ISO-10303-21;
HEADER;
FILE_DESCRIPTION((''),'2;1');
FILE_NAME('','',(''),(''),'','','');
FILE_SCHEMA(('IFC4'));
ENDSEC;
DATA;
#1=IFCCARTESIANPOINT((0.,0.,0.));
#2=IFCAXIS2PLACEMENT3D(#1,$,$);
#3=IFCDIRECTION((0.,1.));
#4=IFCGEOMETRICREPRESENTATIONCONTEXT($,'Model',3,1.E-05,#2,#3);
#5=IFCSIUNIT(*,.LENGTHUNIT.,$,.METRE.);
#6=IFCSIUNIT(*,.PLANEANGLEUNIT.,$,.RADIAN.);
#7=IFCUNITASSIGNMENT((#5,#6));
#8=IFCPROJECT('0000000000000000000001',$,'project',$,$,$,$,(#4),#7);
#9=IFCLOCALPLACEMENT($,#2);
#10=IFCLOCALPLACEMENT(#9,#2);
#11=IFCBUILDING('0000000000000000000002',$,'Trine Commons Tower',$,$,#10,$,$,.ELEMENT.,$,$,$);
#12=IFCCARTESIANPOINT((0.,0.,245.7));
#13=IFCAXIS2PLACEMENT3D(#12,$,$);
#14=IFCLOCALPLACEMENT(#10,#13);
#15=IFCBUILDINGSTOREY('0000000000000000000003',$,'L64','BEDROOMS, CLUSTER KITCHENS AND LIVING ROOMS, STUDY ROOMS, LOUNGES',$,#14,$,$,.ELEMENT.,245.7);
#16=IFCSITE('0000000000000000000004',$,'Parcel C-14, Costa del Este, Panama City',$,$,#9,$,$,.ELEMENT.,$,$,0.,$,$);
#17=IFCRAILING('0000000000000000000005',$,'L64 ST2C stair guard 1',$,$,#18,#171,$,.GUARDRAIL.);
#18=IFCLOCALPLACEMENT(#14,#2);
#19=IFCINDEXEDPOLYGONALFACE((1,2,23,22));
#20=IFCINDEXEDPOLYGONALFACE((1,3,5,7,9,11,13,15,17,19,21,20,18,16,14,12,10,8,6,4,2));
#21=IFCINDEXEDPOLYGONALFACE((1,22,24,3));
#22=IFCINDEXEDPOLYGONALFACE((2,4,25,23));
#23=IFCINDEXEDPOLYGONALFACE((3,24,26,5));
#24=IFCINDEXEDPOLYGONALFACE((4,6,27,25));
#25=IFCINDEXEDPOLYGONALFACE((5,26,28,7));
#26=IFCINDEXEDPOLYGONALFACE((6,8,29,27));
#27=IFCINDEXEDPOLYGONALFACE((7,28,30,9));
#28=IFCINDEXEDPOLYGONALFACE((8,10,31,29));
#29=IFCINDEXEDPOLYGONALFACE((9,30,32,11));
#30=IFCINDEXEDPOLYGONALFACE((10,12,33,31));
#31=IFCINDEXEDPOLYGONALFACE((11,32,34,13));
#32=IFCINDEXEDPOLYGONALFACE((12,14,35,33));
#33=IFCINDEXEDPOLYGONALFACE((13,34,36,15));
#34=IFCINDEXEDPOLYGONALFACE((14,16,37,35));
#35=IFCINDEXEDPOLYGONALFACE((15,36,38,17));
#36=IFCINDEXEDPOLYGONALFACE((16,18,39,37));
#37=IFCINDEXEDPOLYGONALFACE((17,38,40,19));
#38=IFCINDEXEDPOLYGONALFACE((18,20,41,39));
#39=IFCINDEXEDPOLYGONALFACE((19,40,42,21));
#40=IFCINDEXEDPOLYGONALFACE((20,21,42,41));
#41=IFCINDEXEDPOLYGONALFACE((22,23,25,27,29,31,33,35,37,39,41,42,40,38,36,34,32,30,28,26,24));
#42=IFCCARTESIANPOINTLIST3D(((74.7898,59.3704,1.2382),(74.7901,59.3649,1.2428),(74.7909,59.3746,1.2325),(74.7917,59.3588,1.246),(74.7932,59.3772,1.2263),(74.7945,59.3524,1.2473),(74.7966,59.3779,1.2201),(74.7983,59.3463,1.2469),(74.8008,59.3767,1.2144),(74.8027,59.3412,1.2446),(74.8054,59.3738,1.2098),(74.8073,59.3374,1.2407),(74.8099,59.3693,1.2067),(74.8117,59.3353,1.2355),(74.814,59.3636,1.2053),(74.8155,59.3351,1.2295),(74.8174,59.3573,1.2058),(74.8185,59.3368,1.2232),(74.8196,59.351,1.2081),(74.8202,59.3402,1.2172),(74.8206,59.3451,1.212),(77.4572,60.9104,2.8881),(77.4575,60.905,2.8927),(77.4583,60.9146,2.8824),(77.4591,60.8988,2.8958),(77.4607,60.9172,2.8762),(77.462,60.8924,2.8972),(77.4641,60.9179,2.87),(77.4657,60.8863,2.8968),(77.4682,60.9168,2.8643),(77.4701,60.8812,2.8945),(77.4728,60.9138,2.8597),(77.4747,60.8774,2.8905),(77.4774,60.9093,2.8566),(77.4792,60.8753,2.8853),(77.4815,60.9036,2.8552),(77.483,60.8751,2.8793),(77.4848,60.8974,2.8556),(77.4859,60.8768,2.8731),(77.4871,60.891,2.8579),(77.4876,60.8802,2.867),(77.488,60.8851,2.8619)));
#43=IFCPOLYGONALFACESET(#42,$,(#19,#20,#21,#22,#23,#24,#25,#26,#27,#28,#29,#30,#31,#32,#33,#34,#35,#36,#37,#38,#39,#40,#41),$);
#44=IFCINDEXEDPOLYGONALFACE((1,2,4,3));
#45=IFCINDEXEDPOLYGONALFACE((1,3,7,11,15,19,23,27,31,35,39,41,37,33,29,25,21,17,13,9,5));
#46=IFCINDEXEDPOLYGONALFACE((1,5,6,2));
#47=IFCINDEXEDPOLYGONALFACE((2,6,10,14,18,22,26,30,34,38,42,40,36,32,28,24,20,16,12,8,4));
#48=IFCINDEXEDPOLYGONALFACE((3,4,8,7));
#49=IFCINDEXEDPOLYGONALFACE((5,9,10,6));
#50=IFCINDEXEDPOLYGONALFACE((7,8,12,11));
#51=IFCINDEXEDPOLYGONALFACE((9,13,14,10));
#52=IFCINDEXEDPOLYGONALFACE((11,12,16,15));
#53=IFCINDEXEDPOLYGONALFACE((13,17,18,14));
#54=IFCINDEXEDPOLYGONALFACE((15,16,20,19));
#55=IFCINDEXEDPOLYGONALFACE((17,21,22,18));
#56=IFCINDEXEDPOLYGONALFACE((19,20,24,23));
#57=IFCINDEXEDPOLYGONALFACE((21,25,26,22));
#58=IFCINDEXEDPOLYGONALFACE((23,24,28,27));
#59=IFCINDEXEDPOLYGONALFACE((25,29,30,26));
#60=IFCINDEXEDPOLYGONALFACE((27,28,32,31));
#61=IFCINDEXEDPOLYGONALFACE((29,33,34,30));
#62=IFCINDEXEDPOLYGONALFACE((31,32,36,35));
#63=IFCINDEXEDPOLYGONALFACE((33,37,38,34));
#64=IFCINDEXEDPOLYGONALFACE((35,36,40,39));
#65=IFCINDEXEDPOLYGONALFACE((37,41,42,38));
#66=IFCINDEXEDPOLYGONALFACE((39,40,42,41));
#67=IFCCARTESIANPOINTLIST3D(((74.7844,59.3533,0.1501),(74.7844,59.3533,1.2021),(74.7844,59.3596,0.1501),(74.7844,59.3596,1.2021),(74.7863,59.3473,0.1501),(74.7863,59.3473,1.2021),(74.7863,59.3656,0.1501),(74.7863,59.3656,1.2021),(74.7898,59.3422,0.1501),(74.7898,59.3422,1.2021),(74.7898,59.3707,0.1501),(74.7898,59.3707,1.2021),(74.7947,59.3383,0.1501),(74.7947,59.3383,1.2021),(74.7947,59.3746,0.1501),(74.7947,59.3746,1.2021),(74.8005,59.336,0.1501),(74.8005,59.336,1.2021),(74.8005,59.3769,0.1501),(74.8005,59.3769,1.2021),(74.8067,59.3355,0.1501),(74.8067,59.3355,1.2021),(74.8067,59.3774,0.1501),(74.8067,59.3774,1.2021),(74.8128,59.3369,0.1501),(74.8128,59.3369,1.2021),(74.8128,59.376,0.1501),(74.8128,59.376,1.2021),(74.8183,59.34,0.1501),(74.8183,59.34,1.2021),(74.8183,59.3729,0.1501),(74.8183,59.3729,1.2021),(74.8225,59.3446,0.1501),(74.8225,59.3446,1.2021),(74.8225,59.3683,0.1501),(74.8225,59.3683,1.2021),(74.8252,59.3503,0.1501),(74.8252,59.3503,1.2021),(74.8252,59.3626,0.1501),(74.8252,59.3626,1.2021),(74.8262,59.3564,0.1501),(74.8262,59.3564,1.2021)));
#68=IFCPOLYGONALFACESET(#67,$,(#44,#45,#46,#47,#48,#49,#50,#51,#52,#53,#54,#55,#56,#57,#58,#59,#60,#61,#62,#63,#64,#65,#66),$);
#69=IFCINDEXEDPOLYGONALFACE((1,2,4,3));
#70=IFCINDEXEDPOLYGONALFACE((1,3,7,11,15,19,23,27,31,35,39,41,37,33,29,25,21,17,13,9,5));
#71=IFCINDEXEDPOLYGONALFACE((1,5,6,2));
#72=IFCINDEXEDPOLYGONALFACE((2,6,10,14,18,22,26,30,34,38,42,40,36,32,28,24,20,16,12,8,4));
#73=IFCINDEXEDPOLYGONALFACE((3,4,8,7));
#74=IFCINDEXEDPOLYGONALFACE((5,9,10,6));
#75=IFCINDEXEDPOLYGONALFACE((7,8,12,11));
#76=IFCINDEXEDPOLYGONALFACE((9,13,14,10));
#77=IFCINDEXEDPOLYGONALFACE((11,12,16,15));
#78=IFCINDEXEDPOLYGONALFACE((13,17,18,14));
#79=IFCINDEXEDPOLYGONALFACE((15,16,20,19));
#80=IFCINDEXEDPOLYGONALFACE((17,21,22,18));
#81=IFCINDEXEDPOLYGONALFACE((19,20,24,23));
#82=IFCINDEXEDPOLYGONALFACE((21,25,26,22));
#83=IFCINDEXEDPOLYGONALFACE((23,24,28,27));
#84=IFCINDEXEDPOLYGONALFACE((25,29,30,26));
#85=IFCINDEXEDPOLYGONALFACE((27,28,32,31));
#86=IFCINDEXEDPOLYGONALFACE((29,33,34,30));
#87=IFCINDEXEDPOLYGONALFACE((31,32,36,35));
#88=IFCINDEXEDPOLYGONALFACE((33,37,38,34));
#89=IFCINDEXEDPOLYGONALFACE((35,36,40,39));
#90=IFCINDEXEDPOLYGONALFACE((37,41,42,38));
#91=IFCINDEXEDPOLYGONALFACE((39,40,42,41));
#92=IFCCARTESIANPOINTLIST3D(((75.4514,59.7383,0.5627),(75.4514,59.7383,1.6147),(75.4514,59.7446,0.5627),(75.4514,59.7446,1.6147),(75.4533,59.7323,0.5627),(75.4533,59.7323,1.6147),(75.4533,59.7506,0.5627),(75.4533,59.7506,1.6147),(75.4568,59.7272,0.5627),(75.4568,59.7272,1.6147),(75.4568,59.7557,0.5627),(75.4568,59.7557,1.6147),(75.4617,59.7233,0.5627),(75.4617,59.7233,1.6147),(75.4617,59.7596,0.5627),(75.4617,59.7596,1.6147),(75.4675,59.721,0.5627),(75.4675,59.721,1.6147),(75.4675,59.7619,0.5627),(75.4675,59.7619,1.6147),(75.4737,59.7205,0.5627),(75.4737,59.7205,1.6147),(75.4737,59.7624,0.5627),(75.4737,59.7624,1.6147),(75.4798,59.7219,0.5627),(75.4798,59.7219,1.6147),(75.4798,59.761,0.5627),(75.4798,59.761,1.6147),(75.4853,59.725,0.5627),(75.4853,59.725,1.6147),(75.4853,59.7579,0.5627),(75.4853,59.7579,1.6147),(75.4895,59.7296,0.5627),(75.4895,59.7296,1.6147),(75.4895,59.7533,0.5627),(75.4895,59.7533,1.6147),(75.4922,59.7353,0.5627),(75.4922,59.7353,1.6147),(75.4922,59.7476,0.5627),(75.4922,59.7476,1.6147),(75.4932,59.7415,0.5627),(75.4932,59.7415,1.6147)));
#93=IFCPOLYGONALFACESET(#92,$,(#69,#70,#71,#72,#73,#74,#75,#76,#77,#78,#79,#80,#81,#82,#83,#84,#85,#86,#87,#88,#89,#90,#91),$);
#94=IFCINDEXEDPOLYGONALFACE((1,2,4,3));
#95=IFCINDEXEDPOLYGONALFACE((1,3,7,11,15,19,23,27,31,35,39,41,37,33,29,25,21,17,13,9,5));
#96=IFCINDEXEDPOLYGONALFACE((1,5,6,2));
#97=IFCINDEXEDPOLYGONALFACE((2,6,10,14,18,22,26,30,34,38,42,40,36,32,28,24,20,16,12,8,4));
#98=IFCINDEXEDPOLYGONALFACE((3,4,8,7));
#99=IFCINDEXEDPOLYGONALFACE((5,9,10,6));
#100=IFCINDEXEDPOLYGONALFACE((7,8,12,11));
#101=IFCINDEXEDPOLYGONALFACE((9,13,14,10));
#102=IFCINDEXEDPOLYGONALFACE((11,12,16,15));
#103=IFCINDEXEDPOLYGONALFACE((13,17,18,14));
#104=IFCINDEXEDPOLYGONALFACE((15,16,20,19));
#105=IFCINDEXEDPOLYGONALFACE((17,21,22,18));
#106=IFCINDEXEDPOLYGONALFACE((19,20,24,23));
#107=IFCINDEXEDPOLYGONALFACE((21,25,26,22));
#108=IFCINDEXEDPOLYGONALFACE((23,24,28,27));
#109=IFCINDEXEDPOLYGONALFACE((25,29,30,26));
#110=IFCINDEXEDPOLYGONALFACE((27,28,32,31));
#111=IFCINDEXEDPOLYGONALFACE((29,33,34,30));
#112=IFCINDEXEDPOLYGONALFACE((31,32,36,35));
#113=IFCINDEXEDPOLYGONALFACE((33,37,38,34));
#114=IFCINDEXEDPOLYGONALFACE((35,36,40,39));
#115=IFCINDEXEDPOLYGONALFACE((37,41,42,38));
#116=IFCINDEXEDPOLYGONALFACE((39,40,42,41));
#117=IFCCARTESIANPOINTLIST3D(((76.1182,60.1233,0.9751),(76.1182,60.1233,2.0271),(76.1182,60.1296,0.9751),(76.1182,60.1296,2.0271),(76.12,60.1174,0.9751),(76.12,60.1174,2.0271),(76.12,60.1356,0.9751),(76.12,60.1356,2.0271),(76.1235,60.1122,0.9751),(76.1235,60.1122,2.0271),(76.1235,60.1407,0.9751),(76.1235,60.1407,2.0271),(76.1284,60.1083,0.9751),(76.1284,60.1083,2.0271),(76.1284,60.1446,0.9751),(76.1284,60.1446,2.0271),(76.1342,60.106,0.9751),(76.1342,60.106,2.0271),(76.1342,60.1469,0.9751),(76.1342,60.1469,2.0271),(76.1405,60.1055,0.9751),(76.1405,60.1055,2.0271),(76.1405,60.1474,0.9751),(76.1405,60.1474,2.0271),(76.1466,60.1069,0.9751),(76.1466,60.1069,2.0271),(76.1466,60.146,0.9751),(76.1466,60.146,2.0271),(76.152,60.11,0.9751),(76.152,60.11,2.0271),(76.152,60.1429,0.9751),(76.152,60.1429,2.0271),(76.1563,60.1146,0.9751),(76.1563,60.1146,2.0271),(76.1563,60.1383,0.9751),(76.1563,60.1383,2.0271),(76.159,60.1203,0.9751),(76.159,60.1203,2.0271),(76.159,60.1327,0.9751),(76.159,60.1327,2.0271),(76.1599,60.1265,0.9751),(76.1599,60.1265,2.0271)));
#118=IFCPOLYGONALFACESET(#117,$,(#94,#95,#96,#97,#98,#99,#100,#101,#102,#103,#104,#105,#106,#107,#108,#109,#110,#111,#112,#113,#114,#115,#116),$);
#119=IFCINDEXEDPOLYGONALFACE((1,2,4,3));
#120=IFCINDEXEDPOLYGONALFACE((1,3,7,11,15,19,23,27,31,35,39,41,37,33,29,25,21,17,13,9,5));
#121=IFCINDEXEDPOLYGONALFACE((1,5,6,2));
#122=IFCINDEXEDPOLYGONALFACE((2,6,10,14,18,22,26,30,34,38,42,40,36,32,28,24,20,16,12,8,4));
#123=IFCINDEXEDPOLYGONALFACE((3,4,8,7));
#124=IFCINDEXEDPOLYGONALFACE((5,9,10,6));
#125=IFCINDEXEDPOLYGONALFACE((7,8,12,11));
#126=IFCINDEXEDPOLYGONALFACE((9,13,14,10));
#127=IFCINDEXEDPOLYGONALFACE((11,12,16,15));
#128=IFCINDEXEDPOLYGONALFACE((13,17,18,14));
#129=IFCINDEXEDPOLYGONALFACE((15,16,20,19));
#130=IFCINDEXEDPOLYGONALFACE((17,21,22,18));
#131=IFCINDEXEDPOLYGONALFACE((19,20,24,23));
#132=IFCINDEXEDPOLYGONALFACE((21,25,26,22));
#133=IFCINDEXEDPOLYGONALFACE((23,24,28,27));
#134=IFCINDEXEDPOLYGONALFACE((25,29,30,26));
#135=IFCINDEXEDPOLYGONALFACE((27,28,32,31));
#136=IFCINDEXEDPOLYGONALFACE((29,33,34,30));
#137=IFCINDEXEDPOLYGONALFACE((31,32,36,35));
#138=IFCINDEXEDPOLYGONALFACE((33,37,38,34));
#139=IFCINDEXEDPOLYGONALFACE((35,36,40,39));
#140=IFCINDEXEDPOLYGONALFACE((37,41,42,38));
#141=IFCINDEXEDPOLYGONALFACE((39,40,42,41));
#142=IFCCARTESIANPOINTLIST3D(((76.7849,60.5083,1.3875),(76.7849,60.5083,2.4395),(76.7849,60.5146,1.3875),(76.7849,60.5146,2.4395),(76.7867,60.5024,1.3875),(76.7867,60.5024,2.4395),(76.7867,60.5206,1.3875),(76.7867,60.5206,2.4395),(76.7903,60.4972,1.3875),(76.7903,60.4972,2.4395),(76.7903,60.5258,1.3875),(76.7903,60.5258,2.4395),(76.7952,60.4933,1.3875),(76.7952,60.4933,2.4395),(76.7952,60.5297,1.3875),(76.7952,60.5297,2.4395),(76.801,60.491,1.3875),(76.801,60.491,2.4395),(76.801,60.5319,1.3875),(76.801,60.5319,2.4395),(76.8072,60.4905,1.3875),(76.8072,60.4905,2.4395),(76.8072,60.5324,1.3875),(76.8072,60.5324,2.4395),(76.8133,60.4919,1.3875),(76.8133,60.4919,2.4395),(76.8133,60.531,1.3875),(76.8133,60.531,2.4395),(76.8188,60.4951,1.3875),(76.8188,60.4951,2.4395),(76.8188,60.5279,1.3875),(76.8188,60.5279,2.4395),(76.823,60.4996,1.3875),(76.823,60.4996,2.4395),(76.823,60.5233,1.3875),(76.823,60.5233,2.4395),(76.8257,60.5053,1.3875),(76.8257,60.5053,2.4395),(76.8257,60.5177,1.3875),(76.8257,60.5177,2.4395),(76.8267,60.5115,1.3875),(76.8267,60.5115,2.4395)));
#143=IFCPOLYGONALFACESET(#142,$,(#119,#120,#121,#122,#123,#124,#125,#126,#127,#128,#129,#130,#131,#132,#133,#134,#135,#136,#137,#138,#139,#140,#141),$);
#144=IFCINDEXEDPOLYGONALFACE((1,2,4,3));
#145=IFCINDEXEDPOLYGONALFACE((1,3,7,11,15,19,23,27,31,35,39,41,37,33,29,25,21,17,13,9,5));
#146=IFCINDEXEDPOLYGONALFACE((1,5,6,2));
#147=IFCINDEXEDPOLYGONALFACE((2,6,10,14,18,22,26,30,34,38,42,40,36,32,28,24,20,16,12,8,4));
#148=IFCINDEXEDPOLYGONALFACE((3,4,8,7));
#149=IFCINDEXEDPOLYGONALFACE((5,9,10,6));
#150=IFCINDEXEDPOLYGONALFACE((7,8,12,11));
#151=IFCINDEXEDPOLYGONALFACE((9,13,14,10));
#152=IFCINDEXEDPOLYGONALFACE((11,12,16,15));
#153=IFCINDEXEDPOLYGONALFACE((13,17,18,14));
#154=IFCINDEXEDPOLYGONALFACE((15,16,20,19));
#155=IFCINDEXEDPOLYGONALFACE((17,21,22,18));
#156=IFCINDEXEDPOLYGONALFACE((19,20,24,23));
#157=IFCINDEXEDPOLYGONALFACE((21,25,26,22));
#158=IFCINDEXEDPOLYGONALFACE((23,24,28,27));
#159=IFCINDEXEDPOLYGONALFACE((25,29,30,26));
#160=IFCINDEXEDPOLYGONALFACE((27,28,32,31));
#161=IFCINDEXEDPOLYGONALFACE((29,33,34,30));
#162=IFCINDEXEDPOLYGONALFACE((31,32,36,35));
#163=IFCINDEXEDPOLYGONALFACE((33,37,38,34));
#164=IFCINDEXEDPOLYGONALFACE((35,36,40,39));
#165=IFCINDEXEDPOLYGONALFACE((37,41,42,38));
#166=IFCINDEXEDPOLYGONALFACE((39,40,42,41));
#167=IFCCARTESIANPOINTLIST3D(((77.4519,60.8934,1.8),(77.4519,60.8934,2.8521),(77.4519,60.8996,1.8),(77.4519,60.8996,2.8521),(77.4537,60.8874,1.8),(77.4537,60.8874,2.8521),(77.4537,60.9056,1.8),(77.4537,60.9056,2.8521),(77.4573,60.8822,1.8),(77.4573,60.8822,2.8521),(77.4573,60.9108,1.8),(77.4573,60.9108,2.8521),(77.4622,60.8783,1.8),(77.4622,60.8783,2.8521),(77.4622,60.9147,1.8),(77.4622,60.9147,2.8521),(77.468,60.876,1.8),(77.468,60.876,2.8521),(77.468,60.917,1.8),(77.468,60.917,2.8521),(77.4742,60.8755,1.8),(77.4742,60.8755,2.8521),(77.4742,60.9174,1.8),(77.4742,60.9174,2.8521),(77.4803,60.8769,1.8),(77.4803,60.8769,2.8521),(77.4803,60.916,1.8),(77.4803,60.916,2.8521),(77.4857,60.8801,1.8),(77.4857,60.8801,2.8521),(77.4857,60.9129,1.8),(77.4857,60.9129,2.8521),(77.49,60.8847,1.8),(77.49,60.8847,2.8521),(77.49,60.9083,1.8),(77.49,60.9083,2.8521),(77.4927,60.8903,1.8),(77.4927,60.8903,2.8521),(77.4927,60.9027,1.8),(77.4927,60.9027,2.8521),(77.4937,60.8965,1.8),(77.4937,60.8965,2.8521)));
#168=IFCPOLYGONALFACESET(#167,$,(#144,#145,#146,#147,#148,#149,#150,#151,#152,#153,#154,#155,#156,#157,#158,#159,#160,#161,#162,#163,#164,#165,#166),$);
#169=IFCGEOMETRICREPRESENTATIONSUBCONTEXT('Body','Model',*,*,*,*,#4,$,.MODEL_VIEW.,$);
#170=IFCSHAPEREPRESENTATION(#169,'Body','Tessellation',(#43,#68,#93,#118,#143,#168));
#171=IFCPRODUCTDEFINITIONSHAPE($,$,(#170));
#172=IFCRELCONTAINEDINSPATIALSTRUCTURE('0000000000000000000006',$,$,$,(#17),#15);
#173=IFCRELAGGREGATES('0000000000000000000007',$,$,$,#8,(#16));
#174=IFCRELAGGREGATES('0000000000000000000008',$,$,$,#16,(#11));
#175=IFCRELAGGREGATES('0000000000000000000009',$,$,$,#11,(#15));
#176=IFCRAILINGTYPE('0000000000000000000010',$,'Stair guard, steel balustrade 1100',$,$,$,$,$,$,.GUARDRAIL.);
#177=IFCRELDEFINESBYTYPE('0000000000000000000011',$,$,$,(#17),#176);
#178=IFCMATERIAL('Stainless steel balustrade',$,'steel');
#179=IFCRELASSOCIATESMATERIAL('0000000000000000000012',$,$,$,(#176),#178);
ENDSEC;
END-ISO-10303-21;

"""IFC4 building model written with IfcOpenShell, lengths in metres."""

from ifc_helpers import new_model, si_unit, direction, frame, origin, origin_2d, place, context, subcontext, project, spatial, circle, extrude, material, type_object, element, save


model = new_model("IFC4")

# Units and contexts
model_context = context("Model", 3, precision=1e-05, world=origin(), true_north=direction((0.0, 1.0)))
body_context = subcontext(model_context, "Body", "Model", "MODEL_VIEW")
ifc_project = project(units=[si_unit("LENGTHUNIT", "METRE"), si_unit("PLANEANGLEUNIT", "RADIAN")], contexts=[model_context])

# Site, building, storey
site_placement = place(None, origin())
site = spatial("IfcSite", under=ifc_project, at=site_placement, Name="Parcel C-14, Costa del Este, Panama City", CompositionType="ELEMENT", RefElevation=0.0)
building_placement = place(site_placement, origin())
building = spatial("IfcBuilding", under=site, at=building_placement, Name="Trine Commons Tower", CompositionType="ELEMENT")
storey_placement = place(building_placement, frame((0.0, 0.0, 245.7)))
storey = spatial("IfcBuildingStorey", under=building, at=storey_placement, Name="L64", Description="BEDROOMS, CLUSTER KITCHENS AND LIVING ROOMS, STUDY ROOMS, LOUNGES", CompositionType="ELEMENT", Elevation=245.7)

# Railing
ifc_material_1 = material(Name="Stainless steel balustrade", Category="steel")
railing_type_1 = type_object("IfcRailingType", Name="Stair guard, steel balustrade 1100", PredefinedType="GUARDRAIL", material=ifc_material_1)
railing_1_placement = place(storey_placement, frame((74.8052, 59.3564, 0.1501)))
element("IfcRailing", 1, at=railing_1_placement, inside=storey, type_object=railing_type_1, Name="L64 ST2C stair guard 1", PredefinedType="GUARDRAIL", context=body_context, shape_type="SweptSolid", body=[
    extrude(circle(Radius=0.0239, at=origin_2d()), frame((0.0, 0.0, 1.0762), z_axis=(0.763405, 0.440743, 0.472185), x_axis=(-0.499992, 0.86603, 0.0)), (0.0, 0.0, 1.0), 3.4941),
    extrude(circle(Radius=0.021, at=origin_2d()), origin(), (0.0, 0.0, 1.0), 1.052),
    extrude(circle(Radius=0.021, at=origin_2d()), frame((0.667, 0.385, 0.4126)), (0.0, 0.0, 1.0), 1.052),
    extrude(circle(Radius=0.021, at=origin_2d()), frame((1.3337, 0.77, 0.825)), (0.0, 0.0, 1.0), 1.052),
    extrude(circle(Radius=0.021, at=origin_2d()), frame((2.0005, 1.155, 1.2373)), (0.0, 0.0, 1.0), 1.052),
    extrude(circle(Radius=0.021, at=origin_2d()), frame((2.6675, 1.54, 1.6499)), (0.0, 0.0, 1.0), 1.052),
])

save(model, "model.ifc")
